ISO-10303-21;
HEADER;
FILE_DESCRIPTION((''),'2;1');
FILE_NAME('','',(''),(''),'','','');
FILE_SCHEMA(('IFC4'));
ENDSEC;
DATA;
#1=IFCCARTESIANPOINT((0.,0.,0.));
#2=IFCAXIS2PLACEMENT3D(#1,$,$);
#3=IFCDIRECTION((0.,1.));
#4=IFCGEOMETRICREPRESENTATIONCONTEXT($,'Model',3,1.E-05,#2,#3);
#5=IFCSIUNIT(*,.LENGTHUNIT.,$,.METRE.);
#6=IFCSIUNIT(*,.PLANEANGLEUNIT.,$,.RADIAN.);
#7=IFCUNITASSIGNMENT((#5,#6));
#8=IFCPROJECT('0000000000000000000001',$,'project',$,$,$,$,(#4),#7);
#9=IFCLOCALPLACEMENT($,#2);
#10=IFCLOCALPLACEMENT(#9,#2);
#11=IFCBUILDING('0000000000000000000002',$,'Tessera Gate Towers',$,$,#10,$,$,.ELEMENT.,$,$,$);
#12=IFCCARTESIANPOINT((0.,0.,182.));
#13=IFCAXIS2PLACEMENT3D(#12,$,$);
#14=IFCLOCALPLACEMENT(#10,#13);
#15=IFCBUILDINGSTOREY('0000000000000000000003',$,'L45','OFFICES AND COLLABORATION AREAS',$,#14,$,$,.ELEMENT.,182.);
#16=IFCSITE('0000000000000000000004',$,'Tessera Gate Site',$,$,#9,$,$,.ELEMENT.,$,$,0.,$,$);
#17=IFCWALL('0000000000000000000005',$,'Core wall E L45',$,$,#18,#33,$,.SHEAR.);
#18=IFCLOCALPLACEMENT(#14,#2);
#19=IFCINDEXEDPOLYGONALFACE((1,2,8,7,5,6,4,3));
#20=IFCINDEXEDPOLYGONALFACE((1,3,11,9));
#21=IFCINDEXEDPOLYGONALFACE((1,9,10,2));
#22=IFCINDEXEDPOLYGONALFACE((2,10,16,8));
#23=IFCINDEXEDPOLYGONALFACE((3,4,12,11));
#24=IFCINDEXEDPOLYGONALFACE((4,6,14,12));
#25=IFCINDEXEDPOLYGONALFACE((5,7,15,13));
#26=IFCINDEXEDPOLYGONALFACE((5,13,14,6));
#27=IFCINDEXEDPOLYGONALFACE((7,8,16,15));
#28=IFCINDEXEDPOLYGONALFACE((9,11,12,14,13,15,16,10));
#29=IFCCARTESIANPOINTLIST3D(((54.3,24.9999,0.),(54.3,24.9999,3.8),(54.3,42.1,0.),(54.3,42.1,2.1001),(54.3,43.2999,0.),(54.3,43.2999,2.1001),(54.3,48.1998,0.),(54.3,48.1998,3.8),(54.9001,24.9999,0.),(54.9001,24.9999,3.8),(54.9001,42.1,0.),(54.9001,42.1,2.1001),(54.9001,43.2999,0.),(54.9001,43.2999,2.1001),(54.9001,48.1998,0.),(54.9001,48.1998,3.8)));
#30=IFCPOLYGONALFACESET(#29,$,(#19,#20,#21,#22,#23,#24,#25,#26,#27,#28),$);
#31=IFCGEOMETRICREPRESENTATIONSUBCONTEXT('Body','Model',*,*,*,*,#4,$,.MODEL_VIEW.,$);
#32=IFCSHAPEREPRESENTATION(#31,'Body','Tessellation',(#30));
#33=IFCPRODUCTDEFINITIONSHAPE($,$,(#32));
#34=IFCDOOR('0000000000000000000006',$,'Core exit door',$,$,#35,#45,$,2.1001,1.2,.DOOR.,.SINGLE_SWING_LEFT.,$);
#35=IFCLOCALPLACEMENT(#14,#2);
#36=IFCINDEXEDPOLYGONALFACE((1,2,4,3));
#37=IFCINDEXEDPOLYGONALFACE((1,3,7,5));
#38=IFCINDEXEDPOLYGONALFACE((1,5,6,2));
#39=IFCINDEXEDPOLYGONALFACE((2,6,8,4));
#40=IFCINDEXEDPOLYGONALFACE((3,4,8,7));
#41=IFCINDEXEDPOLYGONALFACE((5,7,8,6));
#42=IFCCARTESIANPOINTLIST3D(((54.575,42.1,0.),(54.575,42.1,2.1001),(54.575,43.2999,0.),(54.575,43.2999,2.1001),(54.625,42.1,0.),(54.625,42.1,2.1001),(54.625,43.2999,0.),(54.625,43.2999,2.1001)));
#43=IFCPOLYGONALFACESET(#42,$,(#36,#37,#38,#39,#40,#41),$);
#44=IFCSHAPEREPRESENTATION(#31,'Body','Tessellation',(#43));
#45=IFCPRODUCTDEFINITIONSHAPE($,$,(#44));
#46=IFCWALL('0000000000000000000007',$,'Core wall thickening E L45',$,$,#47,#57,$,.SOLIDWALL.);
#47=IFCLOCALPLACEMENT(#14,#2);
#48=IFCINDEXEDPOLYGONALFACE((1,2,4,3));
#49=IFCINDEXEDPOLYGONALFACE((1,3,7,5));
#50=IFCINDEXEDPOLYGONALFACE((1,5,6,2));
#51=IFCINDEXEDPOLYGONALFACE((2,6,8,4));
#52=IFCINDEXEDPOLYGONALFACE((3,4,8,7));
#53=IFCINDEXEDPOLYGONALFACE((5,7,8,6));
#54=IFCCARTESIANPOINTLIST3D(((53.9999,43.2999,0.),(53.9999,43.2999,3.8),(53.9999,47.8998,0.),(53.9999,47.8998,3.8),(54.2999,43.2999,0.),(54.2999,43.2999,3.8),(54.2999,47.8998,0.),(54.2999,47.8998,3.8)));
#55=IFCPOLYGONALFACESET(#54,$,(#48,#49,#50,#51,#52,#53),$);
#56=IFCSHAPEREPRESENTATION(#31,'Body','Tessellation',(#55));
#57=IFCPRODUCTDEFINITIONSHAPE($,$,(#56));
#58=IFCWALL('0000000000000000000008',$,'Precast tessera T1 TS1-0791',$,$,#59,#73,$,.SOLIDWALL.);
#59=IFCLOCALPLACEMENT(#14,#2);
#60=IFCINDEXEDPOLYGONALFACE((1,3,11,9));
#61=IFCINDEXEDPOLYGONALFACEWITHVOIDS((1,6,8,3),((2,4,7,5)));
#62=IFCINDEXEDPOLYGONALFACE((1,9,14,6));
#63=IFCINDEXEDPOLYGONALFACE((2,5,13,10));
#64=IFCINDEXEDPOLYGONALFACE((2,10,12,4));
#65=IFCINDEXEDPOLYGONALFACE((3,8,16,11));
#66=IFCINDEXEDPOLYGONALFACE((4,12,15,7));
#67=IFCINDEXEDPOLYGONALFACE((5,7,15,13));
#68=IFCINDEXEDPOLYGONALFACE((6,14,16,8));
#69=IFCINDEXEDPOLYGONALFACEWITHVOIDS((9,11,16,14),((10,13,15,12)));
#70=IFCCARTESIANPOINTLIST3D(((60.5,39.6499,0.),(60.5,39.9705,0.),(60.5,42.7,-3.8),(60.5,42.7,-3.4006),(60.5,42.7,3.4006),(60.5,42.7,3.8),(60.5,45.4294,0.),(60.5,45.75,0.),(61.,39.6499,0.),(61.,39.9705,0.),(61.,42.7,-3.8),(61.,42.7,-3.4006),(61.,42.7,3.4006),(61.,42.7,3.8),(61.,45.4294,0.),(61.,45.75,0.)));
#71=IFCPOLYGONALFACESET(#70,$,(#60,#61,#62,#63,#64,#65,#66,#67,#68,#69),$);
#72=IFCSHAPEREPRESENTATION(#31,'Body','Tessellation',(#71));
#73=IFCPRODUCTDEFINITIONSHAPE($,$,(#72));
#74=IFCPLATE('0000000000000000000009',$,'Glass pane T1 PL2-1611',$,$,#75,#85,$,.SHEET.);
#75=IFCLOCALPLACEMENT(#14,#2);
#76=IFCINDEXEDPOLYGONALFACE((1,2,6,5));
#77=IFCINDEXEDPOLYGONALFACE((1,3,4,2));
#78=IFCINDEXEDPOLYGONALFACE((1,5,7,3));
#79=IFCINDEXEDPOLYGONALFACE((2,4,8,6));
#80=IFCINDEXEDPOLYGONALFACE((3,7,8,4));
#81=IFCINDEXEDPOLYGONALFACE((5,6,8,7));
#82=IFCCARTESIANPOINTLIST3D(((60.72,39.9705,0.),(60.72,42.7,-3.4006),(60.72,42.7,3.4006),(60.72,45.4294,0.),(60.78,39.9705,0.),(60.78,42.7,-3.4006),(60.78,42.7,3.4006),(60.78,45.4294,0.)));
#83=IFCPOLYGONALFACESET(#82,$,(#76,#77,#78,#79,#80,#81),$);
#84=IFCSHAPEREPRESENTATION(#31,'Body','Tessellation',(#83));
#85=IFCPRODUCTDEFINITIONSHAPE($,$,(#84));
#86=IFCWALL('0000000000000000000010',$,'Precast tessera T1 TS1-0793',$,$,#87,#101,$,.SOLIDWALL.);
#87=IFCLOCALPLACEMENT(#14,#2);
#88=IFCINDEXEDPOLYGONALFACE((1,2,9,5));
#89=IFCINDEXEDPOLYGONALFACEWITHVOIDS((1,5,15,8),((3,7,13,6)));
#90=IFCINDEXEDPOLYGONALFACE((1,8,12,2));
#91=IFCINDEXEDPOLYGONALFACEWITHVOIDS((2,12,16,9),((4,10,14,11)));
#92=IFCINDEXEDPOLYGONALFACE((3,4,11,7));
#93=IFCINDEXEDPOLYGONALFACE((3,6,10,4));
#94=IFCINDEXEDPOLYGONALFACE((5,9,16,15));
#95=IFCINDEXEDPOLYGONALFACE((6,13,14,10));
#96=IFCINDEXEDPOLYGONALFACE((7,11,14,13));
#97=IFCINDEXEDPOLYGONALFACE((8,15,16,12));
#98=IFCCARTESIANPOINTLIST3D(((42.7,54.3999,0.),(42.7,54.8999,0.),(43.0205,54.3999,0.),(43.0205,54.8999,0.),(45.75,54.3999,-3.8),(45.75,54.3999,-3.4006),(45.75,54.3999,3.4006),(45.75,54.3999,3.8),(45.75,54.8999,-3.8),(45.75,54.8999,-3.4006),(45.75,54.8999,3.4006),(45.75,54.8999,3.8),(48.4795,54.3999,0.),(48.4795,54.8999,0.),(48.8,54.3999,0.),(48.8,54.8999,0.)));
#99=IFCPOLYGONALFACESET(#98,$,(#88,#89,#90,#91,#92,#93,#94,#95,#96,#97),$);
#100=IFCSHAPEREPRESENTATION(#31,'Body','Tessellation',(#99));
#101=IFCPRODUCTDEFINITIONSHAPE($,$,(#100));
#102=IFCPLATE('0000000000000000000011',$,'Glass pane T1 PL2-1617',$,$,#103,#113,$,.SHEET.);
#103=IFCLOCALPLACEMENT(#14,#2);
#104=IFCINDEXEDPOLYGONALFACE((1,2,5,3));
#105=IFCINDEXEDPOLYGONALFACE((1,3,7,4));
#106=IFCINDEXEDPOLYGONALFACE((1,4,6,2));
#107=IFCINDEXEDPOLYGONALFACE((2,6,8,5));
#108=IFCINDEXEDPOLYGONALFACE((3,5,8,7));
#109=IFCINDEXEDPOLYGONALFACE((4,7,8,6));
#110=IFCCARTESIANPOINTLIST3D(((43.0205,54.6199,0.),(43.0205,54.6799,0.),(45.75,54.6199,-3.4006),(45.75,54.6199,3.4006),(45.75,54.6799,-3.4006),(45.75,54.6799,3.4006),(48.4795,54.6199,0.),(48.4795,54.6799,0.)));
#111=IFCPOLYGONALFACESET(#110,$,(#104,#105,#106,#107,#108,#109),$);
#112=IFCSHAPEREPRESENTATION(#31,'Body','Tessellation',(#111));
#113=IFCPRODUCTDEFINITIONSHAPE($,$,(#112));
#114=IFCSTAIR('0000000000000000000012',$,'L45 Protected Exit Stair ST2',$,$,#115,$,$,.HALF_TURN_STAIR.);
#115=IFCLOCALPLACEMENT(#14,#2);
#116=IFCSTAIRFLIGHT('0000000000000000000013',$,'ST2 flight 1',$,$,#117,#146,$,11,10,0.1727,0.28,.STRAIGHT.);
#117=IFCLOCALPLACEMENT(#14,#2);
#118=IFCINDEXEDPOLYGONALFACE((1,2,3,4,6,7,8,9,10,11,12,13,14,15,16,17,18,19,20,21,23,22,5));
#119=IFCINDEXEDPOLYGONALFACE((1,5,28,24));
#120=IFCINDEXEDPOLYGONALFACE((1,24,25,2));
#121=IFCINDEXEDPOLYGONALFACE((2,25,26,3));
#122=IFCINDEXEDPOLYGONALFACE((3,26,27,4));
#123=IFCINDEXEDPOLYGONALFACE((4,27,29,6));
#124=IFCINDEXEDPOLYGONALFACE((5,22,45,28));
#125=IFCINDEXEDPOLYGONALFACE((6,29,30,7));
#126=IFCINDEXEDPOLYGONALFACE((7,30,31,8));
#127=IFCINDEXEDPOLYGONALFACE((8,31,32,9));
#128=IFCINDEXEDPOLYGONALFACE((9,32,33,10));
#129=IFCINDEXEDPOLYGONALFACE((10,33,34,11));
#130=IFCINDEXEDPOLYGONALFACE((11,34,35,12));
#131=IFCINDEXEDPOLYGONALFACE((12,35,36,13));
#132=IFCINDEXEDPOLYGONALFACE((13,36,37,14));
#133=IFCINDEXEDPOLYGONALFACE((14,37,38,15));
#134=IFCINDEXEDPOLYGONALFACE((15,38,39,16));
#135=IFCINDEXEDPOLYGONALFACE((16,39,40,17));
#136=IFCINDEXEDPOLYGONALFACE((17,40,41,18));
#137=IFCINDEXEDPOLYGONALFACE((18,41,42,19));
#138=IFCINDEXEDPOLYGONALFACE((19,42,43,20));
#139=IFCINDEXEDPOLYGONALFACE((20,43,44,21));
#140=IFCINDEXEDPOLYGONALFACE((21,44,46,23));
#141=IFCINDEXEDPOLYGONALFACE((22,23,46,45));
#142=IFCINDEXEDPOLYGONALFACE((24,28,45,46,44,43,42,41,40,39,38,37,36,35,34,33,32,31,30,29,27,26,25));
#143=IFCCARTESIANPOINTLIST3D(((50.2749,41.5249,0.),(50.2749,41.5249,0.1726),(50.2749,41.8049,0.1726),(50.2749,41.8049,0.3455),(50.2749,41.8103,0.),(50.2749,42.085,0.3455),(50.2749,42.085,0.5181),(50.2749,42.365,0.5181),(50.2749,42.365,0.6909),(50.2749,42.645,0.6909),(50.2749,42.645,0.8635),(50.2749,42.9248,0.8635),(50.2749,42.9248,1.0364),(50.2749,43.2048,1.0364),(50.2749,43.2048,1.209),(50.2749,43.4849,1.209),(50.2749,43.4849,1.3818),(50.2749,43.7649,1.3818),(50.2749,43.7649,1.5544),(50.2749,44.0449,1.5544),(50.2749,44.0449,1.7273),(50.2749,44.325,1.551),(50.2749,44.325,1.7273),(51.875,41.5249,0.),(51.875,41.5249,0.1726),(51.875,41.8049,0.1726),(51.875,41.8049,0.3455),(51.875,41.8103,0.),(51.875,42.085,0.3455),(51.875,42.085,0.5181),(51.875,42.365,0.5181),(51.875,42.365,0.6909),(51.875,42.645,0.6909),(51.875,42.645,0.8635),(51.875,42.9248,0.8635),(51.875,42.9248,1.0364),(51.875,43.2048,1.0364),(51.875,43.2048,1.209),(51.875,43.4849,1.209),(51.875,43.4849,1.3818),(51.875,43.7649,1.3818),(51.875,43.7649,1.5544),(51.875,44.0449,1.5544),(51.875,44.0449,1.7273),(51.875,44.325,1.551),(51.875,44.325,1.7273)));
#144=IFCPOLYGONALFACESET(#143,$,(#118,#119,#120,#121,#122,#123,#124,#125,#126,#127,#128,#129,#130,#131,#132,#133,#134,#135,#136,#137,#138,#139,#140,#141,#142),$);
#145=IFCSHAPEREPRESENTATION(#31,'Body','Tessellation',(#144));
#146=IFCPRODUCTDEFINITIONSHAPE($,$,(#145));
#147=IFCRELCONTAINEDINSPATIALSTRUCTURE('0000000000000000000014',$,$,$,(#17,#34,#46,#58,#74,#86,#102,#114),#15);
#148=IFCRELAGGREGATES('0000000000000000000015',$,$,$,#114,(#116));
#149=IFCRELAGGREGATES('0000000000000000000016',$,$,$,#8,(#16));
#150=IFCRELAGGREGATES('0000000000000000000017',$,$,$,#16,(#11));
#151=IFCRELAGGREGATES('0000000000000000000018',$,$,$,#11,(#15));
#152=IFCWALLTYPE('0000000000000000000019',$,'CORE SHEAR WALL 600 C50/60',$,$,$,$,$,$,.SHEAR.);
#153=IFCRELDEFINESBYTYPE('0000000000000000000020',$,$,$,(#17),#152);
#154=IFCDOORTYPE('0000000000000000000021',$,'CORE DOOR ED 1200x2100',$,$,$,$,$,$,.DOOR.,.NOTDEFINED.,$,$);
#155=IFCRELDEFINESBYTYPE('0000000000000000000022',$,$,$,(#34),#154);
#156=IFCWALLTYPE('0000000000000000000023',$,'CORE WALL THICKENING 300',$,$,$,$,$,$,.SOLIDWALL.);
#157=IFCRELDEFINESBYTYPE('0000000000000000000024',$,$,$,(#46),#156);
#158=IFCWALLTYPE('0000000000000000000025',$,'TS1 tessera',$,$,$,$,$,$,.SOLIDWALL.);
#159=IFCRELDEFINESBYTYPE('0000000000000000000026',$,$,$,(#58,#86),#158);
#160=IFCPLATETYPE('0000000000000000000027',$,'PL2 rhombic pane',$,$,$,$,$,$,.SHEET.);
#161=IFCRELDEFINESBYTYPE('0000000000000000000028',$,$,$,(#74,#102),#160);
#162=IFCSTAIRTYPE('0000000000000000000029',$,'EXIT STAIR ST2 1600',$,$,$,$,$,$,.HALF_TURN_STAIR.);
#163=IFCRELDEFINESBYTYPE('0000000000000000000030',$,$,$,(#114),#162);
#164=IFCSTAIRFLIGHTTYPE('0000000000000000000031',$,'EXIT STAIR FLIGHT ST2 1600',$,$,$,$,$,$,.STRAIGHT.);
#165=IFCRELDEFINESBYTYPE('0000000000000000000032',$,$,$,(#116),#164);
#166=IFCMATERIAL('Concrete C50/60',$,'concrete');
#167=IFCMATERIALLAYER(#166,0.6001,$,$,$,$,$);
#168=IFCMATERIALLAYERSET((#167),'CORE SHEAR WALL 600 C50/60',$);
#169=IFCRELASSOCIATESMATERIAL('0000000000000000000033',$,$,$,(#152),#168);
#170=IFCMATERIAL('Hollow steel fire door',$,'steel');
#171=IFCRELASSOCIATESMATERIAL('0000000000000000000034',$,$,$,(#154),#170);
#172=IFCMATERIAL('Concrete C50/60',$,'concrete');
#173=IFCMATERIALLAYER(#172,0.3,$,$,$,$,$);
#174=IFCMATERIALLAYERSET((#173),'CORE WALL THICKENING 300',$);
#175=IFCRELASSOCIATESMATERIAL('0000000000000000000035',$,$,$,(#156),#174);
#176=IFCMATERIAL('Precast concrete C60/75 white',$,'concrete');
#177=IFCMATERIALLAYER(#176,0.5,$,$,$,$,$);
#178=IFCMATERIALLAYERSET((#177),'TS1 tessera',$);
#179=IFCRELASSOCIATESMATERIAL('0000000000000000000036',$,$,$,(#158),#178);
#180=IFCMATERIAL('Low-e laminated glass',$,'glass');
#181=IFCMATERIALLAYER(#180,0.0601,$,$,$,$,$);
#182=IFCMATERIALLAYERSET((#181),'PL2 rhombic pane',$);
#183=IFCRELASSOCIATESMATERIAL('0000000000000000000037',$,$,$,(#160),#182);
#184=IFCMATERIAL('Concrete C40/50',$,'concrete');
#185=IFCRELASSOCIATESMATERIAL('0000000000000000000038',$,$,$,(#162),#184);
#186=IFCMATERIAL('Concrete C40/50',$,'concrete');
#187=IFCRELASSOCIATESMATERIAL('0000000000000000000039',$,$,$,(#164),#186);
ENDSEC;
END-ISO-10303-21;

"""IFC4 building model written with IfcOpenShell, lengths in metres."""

from ifc_helpers import new_model, si_unit, direction, frame, frame_2d, origin, place, context, subcontext, project, spatial, polyline, rectangle, outline, extrude, source, transform, mapped, material, layer, layer_set, type_object, element, fill, aggregate, save


model = new_model("IFC4")

# Units and contexts
model_context = context("Model", 3, precision=1e-05, world=origin(), true_north=direction((0.0, 1.0)))
body_context = subcontext(model_context, "Body", "Model", "MODEL_VIEW")
ifc_project = project(units=[si_unit("LENGTHUNIT", "METRE"), si_unit("PLANEANGLEUNIT", "RADIAN")], contexts=[model_context])

# Site, building, storey
site_placement = place(None, origin())
site = spatial("IfcSite", under=ifc_project, at=site_placement, Name="Tessera Gate Site", CompositionType="ELEMENT", RefElevation=0.0)
building_placement = place(site_placement, origin())
building = spatial("IfcBuilding", under=site, at=building_placement, Name="Tessera Gate Towers", CompositionType="ELEMENT")
storey_placement = place(building_placement, frame((0.0, 0.0, 182.0)))
storey = spatial("IfcBuildingStorey", under=building, at=storey_placement, Name="L45", Description="OFFICES AND COLLABORATION AREAS", CompositionType="ELEMENT", Elevation=182.0)

# Wall, opening, door
shared_shape_1 = source(origin(), body_context, "Body", "SweptSolid", [
    extrude(rectangle(XDim=1.2, YDim=2.1001, at=frame_2d((0.6001, 1.05))), frame((0.0, 0.0249, 0.0), z_axis=(0.0, -1.0, 0.0), x_axis=(1.0, 0.0, 0.0)), (0.0, 0.0, 1.0), 0.05),
])
ifc_material_1 = material(Name="Concrete C50/60", Category="concrete")
ifc_layer_1 = layer(ifc_material_1, 0.6001)
ifc_layer_set_1 = layer_set([ifc_layer_1], Name="CORE SHEAR WALL 600 C50/60")
wall_type_1 = type_object("IfcWallType", Name="CORE SHEAR WALL 600 C50/60", PredefinedType="SHEAR", material=ifc_layer_set_1)
wall_1_placement = place(storey_placement, frame((54.6001, 48.2, 0.0), z_axis=(0.0, 0.0, 1.0), x_axis=(0.0, -1.0, 0.0)))
wall_1 = element("IfcWall", 1, at=wall_1_placement, inside=storey, type_object=wall_type_1, Name="Core wall E L45", PredefinedType="SHEAR", context=body_context, shape_type="SweptSolid", body=[
    extrude(rectangle(XDim=23.2, YDim=0.6001, at=frame_2d((11.6001, 0.0))), origin(), (0.0, 0.0, 1.0), 3.8),
])
shared_shape_2 = source(origin(), body_context, "Body", "SweptSolid", [
    extrude(rectangle(XDim=1.2, YDim=2.1001, at=frame_2d((0.6001, 1.05))), frame((0.0, 0.3101, 0.0), z_axis=(0.0, -1.0, 0.0), x_axis=(1.0, 0.0, 0.0)), (0.0, 0.0, 1.0), 0.6201),
])
opening_1_placement = place(wall_1_placement, frame((4.8999, 0.0, 0.0)))
opening_1 = element("IfcOpeningElement", 2, at=opening_1_placement, cuts=wall_1, PredefinedType="OPENING", context=body_context, shape_type="MappedRepresentation", body=[
    mapped(shared_shape_2, transform((0.0, 0.0, 0.0), scale=1.0)),
])
ifc_material_2 = material(Name="Hollow steel fire door", Category="steel")
door_type_1 = type_object("IfcDoorType", Name="CORE DOOR ED 1200x2100", OperationType="NOTDEFINED", PredefinedType="DOOR", material=ifc_material_2)
door_1_placement = place(opening_1_placement, origin())
door_1 = element("IfcDoor", 3, at=door_1_placement, inside=storey, type_object=door_type_1, Name="Core exit door", OperationType="SINGLE_SWING_LEFT", OverallHeight=2.1001, OverallWidth=1.2, PredefinedType="DOOR", context=body_context, shape_type="MappedRepresentation", body=[
    mapped(shared_shape_1, transform((0.0, 0.0, 0.0), scale=1.0)),
])
fill(opening_1, door_1)

# Wall
ifc_material_3 = material(Name="Concrete C50/60", Category="concrete")
ifc_layer_2 = layer(ifc_material_3, 0.3)
ifc_layer_set_2 = layer_set([ifc_layer_2], Name="CORE WALL THICKENING 300")
wall_type_2 = type_object("IfcWallType", Name="CORE WALL THICKENING 300", PredefinedType="SOLIDWALL", material=ifc_layer_set_2)
wall_2_placement = place(storey_placement, frame((54.1499, 43.3, 0.0), z_axis=(0.0, 0.0, 1.0), x_axis=(0.0, 1.0, 0.0)))
element("IfcWall", 4, at=wall_2_placement, inside=storey, type_object=wall_type_2, Name="Core wall thickening E L45", PredefinedType="SOLIDWALL", context=body_context, shape_type="SweptSolid", body=[
    extrude(rectangle(XDim=4.5999, YDim=0.3, at=frame_2d((2.2998, 0.0))), origin(), (0.0, 0.0, 1.0), 3.8),
])

# Walls, openings, plates
ifc_material_4 = material(Name="Precast concrete C60/75 white", Category="concrete")
ifc_layer_3 = layer(ifc_material_4, 0.5)
ifc_layer_set_3 = layer_set([ifc_layer_3], Name="TS1 tessera")
wall_type_3 = type_object("IfcWallType", Name="TS1 tessera", PredefinedType="SOLIDWALL", material=ifc_layer_set_3)
shared_shape_3 = source(origin(), body_context, "Body", "SweptSolid", [
    extrude(outline(polyline([(3.05, 0.0), (6.1001, 3.8), (3.05, 7.6001), (0.0, 3.8), (3.05, 0.0)])), frame((0.0, 0.25, 0.0), z_axis=(0.0, -1.0, 0.0), x_axis=(1.0, 0.0, 0.0)), (0.0, 0.0, 1.0), 0.5),
])
wall_3_placement = place(storey_placement, frame((60.75, 39.6499, -3.8), z_axis=(0.0, 0.0, 1.0), x_axis=(0.0, 1.0, 0.0)))
wall_3 = element("IfcWall", 5, at=wall_3_placement, inside=storey, type_object=wall_type_3, Name="Precast tessera T1 TS1-0791", PredefinedType="SOLIDWALL", context=body_context, shape_type="MappedRepresentation", body=[
    mapped(shared_shape_3, transform((0.0, 0.0, 0.0), scale=1.0)),
])
shared_shape_4 = source(origin(), body_context, "Body", "SweptSolid", [
    extrude(outline(polyline([(3.05, 0.3994), (5.7795, 3.8), (3.05, 7.2007), (0.3206, 3.8), (3.05, 0.3994)])), frame((0.0, 0.26, 0.0), z_axis=(0.0, -1.0, 0.0), x_axis=(1.0, 0.0, 0.0)), (0.0, 0.0, 1.0), 0.52),
])
opening_2_placement = place(wall_3_placement, origin())
opening_2 = element("IfcOpeningElement", 6, at=opening_2_placement, cuts=wall_3, PredefinedType="OPENING", context=body_context, shape_type="MappedRepresentation", body=[
    mapped(shared_shape_4, transform((0.0, 0.0, 0.0), scale=1.0)),
])
ifc_material_5 = material(Name="Low-e laminated glass", Category="glass")
ifc_layer_4 = layer(ifc_material_5, 0.0601)
ifc_layer_set_4 = layer_set([ifc_layer_4], Name="PL2 rhombic pane")
plate_type = type_object("IfcPlateType", Name="PL2 rhombic pane", PredefinedType="SHEET", material=ifc_layer_set_4)
shared_shape_5 = source(origin(), body_context, "Body", "SweptSolid", [
    extrude(outline(polyline([(3.05, 0.3994), (5.7795, 3.8), (3.05, 7.2007), (0.3206, 3.8), (3.05, 0.3994)])), frame((0.0, 0.03, 0.0), z_axis=(0.0, -1.0, 0.0), x_axis=(1.0, 0.0, 0.0)), (0.0, 0.0, 1.0), 0.0601),
])
plate_1_placement = place(opening_2_placement, origin())
plate_1 = element("IfcPlate", 7, at=plate_1_placement, inside=storey, type_object=plate_type, Name="Glass pane T1 PL2-1611", PredefinedType="SHEET", context=body_context, shape_type="MappedRepresentation", body=[
    mapped(shared_shape_5, transform((0.0, 0.0, 0.0), scale=1.0)),
])
fill(opening_2, plate_1)
wall_4_placement = place(storey_placement, frame((48.8, 54.6499, -3.8), z_axis=(0.0, 0.0, 1.0), x_axis=(-1.0, 0.0, 0.0)))
wall_4 = element("IfcWall", 8, at=wall_4_placement, inside=storey, type_object=wall_type_3, Name="Precast tessera T1 TS1-0793", PredefinedType="SOLIDWALL", context=body_context, shape_type="MappedRepresentation", body=[
    mapped(shared_shape_3, transform((0.0, 0.0, 0.0), scale=1.0)),
])
opening_3_placement = place(wall_4_placement, origin())
opening_3 = element("IfcOpeningElement", 9, at=opening_3_placement, cuts=wall_4, PredefinedType="OPENING", context=body_context, shape_type="MappedRepresentation", body=[
    mapped(shared_shape_4, transform((0.0, 0.0, 0.0), scale=1.0)),
])
plate_2_placement = place(opening_3_placement, origin())
plate_2 = element("IfcPlate", 10, at=plate_2_placement, inside=storey, type_object=plate_type, Name="Glass pane T1 PL2-1617", PredefinedType="SHEET", context=body_context, shape_type="MappedRepresentation", body=[
    mapped(shared_shape_5, transform((0.0, 0.0, 0.0), scale=1.0)),
])
fill(opening_3, plate_2)

# Stair, stair flight
ifc_material_6 = material(Name="Concrete C40/50", Category="concrete")
stair_type = type_object("IfcStairType", Name="EXIT STAIR ST2 1600", PredefinedType="HALF_TURN_STAIR", material=ifc_material_6)
stair_placement = place(storey_placement, origin())
stair = element("IfcStair", 11, at=stair_placement, inside=storey, type_object=stair_type, Name="L45 Protected Exit Stair ST2", PredefinedType="HALF_TURN_STAIR")
ifc_material_7 = material(Name="Concrete C40/50", Category="concrete")
stair_flight_type = type_object("IfcStairFlightType", Name="EXIT STAIR FLIGHT ST2 1600", PredefinedType="STRAIGHT", material=ifc_material_7)
stair_flight_1_placement = place(storey_placement, frame((51.075, 41.5249, 0.0), z_axis=(0.0, 0.0, 1.0), x_axis=(0.0, 1.0, 0.0)))
stair_flight_1 = element("IfcStairFlight", 12, at=stair_flight_1_placement, type_object=stair_flight_type, Name="ST2 flight 1", NumberOfRisers=11, NumberOfTreads=10, PredefinedType="STRAIGHT", RiserHeight=0.1727, TreadLength=0.28, context=body_context, shape_type="SweptSolid", body=[
    extrude(outline(polyline([(0.0, 0.0), (0.0, 0.1726), (0.28, 0.1726), (0.28, 0.3455), (0.5601, 0.3455), (0.5601, 0.5181), (0.8401, 0.5181), (0.8401, 0.6909), (1.1201, 0.6909), (1.1201, 0.8635), (1.3999, 0.8635), (1.3999, 1.0364), (1.6799, 1.0364), (1.6799, 1.209), (1.96, 1.209), (1.96, 1.3818), (2.24, 1.3818), (2.24, 1.5544), (2.52, 1.5544), (2.52, 1.7273), (2.8, 1.7273), (2.8, 1.8999), (2.8, 1.551), (0.2854, 0.0), (0.0, 0.0)])), frame((0.0, 0.8, 0.0), z_axis=(0.0, -1.0, 0.0), x_axis=(1.0, 0.0, 0.0)), (0.0, 0.0, 1.0), 1.6001),
])
aggregate(stair, [stair_flight_1])

save(model, "model.ifc")
